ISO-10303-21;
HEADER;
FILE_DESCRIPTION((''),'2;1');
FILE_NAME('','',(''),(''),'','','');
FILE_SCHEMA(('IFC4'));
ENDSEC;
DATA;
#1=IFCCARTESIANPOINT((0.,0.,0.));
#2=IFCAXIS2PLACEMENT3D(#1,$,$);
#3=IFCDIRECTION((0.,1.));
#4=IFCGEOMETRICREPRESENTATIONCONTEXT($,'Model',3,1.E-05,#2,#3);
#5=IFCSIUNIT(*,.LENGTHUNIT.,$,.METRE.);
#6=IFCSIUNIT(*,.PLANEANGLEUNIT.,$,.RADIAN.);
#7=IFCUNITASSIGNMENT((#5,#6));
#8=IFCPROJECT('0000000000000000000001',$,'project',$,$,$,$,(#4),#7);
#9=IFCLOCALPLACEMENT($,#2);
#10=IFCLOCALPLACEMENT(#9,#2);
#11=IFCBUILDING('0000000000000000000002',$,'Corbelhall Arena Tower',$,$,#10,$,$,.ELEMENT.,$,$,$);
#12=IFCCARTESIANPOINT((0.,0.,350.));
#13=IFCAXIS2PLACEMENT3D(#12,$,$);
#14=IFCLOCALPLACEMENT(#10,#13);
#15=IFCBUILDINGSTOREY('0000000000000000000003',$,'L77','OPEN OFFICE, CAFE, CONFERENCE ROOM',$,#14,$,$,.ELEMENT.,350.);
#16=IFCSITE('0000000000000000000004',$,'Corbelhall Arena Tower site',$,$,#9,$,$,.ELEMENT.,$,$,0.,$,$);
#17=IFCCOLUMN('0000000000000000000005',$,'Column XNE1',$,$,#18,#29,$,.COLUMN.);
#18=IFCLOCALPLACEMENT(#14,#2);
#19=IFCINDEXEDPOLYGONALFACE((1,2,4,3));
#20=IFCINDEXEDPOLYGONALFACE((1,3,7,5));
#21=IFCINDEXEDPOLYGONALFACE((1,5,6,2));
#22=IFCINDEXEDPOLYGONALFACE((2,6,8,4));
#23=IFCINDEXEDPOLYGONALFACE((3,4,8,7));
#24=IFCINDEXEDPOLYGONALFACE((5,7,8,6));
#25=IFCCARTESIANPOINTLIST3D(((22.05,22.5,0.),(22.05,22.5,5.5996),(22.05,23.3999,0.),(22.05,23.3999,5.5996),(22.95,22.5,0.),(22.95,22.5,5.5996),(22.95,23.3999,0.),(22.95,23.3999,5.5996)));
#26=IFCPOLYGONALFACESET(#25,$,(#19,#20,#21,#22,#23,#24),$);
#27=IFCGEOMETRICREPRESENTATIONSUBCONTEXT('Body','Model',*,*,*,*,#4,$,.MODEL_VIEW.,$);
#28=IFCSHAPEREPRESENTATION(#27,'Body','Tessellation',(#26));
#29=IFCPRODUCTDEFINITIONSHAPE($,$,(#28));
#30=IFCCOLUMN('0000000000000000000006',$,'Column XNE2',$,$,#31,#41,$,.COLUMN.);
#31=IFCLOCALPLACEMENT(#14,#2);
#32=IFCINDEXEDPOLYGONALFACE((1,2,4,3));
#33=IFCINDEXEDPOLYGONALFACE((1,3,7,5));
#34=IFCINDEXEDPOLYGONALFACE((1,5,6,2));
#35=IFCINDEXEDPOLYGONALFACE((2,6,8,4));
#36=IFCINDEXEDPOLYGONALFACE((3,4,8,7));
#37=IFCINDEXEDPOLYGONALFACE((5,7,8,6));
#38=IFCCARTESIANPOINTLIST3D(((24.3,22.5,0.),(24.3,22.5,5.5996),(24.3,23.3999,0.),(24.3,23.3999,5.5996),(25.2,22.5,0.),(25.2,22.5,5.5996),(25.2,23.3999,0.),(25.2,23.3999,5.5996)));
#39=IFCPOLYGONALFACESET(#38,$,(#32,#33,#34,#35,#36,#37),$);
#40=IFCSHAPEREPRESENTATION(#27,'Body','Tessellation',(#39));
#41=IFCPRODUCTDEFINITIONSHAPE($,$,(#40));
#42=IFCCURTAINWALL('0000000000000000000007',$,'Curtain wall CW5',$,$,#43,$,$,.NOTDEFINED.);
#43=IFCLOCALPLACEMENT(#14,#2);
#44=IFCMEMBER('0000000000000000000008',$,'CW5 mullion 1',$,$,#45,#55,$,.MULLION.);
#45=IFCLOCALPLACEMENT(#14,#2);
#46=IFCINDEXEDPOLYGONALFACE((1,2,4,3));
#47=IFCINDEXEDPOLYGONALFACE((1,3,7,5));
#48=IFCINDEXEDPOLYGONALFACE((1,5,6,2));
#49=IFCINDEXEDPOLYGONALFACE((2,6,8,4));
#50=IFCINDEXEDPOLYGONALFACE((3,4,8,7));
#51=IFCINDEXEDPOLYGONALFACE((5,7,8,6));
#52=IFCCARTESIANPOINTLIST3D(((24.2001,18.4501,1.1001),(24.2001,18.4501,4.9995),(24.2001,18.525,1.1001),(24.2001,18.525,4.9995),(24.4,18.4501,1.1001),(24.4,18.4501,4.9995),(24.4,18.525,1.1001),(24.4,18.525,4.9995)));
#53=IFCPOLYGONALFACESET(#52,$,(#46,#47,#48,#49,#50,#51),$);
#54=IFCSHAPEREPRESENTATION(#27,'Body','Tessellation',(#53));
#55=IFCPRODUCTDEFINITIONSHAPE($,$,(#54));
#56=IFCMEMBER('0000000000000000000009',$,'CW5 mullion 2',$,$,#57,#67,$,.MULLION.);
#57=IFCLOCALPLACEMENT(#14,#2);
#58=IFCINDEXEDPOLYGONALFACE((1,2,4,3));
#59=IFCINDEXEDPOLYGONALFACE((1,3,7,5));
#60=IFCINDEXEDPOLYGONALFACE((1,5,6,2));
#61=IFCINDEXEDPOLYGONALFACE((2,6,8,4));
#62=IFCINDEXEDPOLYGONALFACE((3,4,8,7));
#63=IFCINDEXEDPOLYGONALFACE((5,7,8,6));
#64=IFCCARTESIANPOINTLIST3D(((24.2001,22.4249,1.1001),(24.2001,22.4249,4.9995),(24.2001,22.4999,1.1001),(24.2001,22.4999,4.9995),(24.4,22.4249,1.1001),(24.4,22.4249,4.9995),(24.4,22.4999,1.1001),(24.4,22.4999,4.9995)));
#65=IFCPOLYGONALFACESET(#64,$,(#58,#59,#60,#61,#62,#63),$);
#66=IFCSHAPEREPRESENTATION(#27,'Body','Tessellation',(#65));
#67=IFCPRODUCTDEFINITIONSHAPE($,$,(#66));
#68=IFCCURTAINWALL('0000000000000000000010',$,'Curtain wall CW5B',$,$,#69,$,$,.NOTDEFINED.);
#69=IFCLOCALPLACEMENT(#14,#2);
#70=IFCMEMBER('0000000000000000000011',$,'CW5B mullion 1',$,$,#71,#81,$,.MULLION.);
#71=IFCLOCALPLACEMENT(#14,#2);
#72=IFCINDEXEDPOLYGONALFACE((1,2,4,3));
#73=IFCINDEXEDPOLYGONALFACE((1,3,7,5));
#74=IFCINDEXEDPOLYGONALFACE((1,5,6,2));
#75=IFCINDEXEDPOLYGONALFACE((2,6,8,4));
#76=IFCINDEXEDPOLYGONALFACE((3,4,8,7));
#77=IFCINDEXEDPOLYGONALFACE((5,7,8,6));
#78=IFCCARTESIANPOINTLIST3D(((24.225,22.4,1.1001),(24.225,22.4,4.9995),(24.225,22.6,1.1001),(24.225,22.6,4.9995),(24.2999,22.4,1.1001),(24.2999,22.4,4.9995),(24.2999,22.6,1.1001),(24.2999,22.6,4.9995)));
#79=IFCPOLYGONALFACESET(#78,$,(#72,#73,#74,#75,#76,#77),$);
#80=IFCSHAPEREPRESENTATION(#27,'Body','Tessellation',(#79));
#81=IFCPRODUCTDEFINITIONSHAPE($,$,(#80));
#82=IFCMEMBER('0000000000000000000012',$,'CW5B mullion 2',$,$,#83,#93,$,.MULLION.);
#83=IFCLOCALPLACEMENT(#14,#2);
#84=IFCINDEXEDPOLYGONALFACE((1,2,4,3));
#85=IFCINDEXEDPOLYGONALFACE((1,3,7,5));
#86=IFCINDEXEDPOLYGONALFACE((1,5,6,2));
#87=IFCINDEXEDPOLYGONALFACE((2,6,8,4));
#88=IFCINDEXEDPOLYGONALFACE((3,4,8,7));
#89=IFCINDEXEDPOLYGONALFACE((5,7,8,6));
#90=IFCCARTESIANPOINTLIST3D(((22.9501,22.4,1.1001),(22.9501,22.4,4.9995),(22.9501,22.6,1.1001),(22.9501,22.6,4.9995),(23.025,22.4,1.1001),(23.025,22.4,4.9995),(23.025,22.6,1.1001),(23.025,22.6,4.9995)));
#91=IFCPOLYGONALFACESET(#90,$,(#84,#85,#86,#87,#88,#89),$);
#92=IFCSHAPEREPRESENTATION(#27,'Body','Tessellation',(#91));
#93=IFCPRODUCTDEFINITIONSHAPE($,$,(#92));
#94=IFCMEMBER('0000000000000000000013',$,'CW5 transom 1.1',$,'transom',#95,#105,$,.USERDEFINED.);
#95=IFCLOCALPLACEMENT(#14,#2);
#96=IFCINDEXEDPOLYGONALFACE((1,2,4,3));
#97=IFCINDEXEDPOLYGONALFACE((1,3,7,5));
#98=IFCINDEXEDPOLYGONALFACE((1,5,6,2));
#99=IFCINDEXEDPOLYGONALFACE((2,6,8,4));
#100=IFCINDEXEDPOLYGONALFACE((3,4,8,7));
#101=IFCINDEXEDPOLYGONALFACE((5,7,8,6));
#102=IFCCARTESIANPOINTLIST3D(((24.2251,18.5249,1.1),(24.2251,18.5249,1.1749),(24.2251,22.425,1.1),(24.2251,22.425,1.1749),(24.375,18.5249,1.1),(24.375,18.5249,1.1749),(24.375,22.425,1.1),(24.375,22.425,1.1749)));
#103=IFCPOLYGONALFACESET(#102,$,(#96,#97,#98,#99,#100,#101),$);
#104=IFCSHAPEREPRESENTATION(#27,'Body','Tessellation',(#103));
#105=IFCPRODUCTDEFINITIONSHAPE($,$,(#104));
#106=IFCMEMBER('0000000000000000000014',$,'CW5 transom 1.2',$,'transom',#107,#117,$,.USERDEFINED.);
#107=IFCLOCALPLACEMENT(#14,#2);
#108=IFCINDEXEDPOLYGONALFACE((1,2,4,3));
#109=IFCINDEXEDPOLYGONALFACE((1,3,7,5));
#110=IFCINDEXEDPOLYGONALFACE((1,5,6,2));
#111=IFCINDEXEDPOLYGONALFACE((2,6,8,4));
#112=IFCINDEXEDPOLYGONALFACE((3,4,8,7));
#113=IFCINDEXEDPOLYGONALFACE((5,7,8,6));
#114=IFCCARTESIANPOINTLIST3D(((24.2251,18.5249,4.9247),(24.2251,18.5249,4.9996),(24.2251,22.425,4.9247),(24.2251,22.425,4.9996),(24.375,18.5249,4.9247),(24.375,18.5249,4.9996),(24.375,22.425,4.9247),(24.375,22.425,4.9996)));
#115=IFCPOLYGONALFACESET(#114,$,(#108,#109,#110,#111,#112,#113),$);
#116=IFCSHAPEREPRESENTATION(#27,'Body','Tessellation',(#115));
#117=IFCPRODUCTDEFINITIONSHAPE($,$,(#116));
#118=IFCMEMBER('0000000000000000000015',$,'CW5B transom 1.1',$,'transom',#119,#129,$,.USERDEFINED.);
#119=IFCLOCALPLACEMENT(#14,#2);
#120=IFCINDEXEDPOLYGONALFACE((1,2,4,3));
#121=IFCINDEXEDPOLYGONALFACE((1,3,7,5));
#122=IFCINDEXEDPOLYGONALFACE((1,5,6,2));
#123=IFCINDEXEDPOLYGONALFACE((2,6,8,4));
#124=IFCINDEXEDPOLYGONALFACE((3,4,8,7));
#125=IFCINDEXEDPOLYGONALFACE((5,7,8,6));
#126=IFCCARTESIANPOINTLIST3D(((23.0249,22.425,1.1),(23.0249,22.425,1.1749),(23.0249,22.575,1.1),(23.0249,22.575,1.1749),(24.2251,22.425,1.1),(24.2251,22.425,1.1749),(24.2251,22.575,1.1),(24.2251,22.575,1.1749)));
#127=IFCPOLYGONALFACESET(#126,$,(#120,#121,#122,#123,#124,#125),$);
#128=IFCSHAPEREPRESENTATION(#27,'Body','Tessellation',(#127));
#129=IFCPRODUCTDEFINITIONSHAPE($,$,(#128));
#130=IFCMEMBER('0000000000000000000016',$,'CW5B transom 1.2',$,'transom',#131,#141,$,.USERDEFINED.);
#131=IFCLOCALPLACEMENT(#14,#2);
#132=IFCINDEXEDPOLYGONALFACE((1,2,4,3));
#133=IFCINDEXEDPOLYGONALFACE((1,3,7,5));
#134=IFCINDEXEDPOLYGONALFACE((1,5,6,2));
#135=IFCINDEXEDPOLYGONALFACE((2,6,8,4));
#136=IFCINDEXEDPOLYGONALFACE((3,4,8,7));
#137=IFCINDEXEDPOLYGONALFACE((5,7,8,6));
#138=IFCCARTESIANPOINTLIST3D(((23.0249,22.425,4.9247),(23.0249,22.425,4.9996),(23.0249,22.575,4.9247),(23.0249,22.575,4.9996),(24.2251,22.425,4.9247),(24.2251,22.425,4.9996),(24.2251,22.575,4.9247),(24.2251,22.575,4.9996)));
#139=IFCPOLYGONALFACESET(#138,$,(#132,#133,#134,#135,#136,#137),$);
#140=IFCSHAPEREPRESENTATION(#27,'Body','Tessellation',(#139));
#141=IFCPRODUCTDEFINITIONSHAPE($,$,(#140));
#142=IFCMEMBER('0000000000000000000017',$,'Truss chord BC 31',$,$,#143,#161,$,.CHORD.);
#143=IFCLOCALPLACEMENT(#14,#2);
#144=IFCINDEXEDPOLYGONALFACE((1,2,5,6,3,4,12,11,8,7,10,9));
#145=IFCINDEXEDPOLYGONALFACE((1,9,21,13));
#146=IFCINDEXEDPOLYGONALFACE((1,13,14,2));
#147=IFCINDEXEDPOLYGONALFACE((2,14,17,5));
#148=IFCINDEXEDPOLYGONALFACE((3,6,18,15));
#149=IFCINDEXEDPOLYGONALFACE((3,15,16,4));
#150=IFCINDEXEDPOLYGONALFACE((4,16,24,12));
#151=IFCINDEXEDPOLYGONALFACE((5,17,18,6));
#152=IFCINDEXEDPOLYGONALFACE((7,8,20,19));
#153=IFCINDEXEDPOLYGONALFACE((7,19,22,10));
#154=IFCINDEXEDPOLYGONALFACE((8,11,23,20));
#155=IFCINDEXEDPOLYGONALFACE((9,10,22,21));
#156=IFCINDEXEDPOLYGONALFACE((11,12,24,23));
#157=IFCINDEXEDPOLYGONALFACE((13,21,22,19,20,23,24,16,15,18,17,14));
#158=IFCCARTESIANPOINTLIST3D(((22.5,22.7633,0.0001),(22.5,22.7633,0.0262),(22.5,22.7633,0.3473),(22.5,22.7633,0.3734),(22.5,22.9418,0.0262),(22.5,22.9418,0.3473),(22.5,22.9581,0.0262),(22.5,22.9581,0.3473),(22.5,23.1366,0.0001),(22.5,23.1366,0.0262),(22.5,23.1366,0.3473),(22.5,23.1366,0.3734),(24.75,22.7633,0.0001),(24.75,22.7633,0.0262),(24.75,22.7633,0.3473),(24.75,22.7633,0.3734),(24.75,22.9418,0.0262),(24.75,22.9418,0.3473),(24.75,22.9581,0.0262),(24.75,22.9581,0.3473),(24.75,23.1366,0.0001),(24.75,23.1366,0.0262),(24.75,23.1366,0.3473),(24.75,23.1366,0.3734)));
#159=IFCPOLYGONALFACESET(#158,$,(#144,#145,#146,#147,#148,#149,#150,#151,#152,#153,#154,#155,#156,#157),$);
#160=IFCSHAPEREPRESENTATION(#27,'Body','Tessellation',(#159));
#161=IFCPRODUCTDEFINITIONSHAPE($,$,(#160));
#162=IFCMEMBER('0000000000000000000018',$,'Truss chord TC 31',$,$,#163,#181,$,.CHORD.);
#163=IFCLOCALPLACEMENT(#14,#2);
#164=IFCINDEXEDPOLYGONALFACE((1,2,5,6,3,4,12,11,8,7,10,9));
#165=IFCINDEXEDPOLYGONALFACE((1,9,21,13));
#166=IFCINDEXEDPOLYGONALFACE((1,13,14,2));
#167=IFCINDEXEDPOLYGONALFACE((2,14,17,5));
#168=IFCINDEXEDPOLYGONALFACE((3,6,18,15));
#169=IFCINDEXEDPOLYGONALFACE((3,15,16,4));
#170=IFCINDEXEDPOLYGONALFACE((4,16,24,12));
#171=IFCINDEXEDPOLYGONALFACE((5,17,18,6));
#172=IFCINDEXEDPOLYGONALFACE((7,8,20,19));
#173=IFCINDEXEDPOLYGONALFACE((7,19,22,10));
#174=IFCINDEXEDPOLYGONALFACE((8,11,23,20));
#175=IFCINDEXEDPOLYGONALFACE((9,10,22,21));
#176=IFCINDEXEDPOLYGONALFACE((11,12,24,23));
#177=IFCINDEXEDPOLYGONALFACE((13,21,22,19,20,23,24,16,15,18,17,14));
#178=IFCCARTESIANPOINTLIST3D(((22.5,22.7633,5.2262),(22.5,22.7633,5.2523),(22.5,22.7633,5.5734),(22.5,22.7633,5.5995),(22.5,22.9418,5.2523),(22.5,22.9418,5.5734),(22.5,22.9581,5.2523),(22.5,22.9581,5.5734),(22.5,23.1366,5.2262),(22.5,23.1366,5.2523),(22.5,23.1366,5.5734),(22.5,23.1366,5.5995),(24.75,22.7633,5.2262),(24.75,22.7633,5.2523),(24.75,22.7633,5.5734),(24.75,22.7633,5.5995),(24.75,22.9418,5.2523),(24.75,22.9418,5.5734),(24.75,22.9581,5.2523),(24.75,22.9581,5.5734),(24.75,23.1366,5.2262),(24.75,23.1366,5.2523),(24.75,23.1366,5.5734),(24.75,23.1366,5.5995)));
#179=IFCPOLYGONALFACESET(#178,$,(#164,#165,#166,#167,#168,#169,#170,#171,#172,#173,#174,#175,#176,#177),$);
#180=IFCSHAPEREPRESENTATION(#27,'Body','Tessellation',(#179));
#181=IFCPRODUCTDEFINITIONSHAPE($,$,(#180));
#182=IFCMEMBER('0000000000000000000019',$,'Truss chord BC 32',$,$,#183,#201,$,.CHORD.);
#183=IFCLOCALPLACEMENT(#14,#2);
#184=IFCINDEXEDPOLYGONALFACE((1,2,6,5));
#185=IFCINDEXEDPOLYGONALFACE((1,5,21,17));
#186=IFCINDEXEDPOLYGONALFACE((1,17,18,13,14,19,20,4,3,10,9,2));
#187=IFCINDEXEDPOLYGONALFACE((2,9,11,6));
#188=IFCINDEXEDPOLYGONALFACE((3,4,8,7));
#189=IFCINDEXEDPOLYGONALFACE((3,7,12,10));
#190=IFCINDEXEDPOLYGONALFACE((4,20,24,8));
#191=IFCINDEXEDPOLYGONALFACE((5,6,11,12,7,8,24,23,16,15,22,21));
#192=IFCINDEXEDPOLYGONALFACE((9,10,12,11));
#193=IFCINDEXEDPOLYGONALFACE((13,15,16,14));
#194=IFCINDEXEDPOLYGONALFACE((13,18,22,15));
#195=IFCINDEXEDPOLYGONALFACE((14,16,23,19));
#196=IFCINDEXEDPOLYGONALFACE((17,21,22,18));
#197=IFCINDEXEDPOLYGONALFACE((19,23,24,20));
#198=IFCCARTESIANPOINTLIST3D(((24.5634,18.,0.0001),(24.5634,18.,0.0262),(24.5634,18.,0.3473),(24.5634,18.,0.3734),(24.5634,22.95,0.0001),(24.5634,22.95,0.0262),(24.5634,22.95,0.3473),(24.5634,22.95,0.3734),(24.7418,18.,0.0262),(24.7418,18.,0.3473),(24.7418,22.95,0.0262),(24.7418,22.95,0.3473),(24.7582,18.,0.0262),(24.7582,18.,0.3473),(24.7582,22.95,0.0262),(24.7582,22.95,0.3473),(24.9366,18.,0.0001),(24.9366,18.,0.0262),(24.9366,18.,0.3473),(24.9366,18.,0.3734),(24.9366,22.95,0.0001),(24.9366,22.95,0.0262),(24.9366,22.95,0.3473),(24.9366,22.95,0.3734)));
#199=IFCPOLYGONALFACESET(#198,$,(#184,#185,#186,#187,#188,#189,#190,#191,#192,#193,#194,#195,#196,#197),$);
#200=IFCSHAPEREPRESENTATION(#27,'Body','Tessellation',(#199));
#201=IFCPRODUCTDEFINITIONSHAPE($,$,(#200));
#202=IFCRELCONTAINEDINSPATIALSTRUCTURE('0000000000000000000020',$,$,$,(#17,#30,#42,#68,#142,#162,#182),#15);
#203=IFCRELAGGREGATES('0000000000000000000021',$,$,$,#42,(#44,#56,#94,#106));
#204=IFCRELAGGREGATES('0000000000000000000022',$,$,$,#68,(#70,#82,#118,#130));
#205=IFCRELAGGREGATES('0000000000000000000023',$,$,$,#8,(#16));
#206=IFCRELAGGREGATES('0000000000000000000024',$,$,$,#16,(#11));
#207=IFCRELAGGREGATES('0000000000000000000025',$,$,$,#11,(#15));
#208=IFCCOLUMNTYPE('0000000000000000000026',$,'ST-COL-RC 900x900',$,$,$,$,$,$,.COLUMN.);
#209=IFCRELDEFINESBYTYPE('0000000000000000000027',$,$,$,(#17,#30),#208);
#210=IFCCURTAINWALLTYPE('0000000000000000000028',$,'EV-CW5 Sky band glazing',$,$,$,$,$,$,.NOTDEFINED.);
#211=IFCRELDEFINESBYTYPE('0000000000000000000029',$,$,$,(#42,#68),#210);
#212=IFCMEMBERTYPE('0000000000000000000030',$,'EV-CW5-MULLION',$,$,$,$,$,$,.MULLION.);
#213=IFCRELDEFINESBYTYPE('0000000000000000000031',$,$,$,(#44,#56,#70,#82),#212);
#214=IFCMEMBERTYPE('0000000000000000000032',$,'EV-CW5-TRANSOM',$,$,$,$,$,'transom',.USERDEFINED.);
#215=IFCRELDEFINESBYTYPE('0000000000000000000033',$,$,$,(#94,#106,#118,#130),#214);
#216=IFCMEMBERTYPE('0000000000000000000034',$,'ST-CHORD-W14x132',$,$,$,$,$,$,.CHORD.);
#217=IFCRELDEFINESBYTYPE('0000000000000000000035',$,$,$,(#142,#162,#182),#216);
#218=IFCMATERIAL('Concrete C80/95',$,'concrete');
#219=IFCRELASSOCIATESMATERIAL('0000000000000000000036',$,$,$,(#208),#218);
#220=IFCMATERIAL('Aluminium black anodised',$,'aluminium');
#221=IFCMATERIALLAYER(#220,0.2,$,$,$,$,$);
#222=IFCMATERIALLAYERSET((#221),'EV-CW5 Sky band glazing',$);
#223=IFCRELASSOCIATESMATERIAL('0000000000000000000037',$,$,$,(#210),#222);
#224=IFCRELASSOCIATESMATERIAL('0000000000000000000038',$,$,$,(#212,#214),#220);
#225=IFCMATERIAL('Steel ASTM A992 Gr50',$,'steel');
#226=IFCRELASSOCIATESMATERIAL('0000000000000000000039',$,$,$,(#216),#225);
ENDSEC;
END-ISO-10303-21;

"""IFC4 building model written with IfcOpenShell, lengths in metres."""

from ifc_helpers import new_model, si_unit, direction, frame, origin, origin_2d, place, context, subcontext, project, spatial, rectangle, i_section, extrude, material, layer, layer_set, material_profile, profile_set, type_object, element, aggregate, save


model = new_model("IFC4")

# Units and contexts
model_context = context("Model", 3, precision=1e-05, world=origin(), true_north=direction((0.0, 1.0)))
body_context = subcontext(model_context, "Body", "Model", "MODEL_VIEW")
ifc_project = project(units=[si_unit("LENGTHUNIT", "METRE"), si_unit("PLANEANGLEUNIT", "RADIAN")], contexts=[model_context])

# Site, building, storey
site_placement = place(None, origin())
site = spatial("IfcSite", under=ifc_project, at=site_placement, Name="Corbelhall Arena Tower site", CompositionType="ELEMENT", RefElevation=0.0)
building_placement = place(site_placement, origin())
building = spatial("IfcBuilding", under=site, at=building_placement, Name="Corbelhall Arena Tower", CompositionType="ELEMENT")
storey_placement = place(building_placement, frame((0.0, 0.0, 350.0)))
storey = spatial("IfcBuildingStorey", under=building, at=storey_placement, Name="L77", Description="OPEN OFFICE, CAFE, CONFERENCE ROOM", CompositionType="ELEMENT", Elevation=350.0)

# Columns
ifc_material_1 = material(Name="Concrete C80/95", Category="concrete")
ifc_material_profile_1 = material_profile(ifc_material_1, rectangle(XDim=0.8999, YDim=0.8999, at=origin_2d()))
ifc_profile_set_1 = profile_set([ifc_material_profile_1], Name="Concrete C80/95")
column_type = type_object("IfcColumnType", Name="ST-COL-RC 900x900", PredefinedType="COLUMN", material=ifc_profile_set_1)
for number, where, z_axis, x_axis, name in (
    (1, (22.5, 22.95, 0.0), (0.0, 0.0, 1.0), (1.0, 0.0, 0.0), "Column XNE1"),
    (2, (24.75, 22.95, 0.0), (0.0, 0.0, 1.0), (1.0, 0.0, 0.0), "Column XNE2"),
):
    element("IfcColumn", number, at=place(storey_placement, frame(where, z_axis=z_axis, x_axis=x_axis)), inside=storey, type_object=column_type, Name=name, PredefinedType="COLUMN", context=body_context, shape_type="SweptSolid", body=[
        extrude(rectangle(XDim=0.8999, YDim=0.8999, at=origin_2d()), origin(), (0.0, 0.0, 1.0), 5.5996),
    ])

# Curtain walls, members
ifc_material_2 = material(Name="Aluminium black anodised", Category="aluminium")
ifc_layer_1 = layer(ifc_material_2, 0.2)
ifc_layer_set_1 = layer_set([ifc_layer_1], Name="EV-CW5 Sky band glazing")
curtain_wall_type = type_object("IfcCurtainWallType", Name="EV-CW5 Sky band glazing", PredefinedType="NOTDEFINED", material=ifc_layer_set_1)
curtain_wall_1_placement = place(storey_placement, origin())
curtain_wall_1 = element("IfcCurtainWall", 3, at=curtain_wall_1_placement, inside=storey, type_object=curtain_wall_type, Name="Curtain wall CW5", PredefinedType="NOTDEFINED")
ifc_material_profile_2 = material_profile(ifc_material_2, rectangle(XDim=0.2, YDim=0.075, at=origin_2d()))
ifc_profile_set_2 = profile_set([ifc_material_profile_2], Name="Aluminium black anodised")
member_type_1 = type_object("IfcMemberType", Name="EV-CW5-MULLION", PredefinedType="MULLION", material=ifc_profile_set_2)
member_1_placement = place(storey_placement, frame((24.3, 18.4875, 1.1001), z_axis=(0.0, 0.0, 1.0), x_axis=(-1.0, 0.0, 0.0)))
member_1 = element("IfcMember", 4, at=member_1_placement, type_object=member_type_1, Name="CW5 mullion 1", PredefinedType="MULLION", context=body_context, shape_type="SweptSolid", body=[
    extrude(rectangle(XDim=0.2, YDim=0.075, at=origin_2d()), origin(), (0.0, 0.0, 1.0), 3.8994),
])
member_2_placement = place(storey_placement, frame((24.3, 22.4624, 1.1001), z_axis=(0.0, 0.0, 1.0), x_axis=(-1.0, 0.0, 0.0)))
member_2 = element("IfcMember", 5, at=member_2_placement, type_object=member_type_1, Name="CW5 mullion 2", PredefinedType="MULLION", context=body_context, shape_type="SweptSolid", body=[
    extrude(rectangle(XDim=0.2, YDim=0.075, at=origin_2d()), origin(), (0.0, 0.0, 1.0), 3.8994),
])
curtain_wall_2_placement = place(storey_placement, origin())
curtain_wall_2 = element("IfcCurtainWall", 6, at=curtain_wall_2_placement, inside=storey, type_object=curtain_wall_type, Name="Curtain wall CW5B", PredefinedType="NOTDEFINED")
member_3_placement = place(storey_placement, frame((24.2625, 22.5, 1.1001), z_axis=(0.0, 0.0, 1.0), x_axis=(0.0, -1.0, 0.0)))
member_3 = element("IfcMember", 7, at=member_3_placement, type_object=member_type_1, Name="CW5B mullion 1", PredefinedType="MULLION", context=body_context, shape_type="SweptSolid", body=[
    extrude(rectangle(XDim=0.2, YDim=0.075, at=origin_2d()), origin(), (0.0, 0.0, 1.0), 3.8994),
])
member_4_placement = place(storey_placement, frame((22.9875, 22.5, 1.1001), z_axis=(0.0, 0.0, 1.0), x_axis=(0.0, -1.0, 0.0)))
member_4 = element("IfcMember", 8, at=member_4_placement, type_object=member_type_1, Name="CW5B mullion 2", PredefinedType="MULLION", context=body_context, shape_type="SweptSolid", body=[
    extrude(rectangle(XDim=0.2, YDim=0.075, at=origin_2d()), origin(), (0.0, 0.0, 1.0), 3.8994),
])

# Members
ifc_material_profile_3 = material_profile(ifc_material_2, rectangle(XDim=0.1499, YDim=0.075, at=origin_2d()))
ifc_profile_set_3 = profile_set([ifc_material_profile_3], Name="Aluminium black anodised")
member_type_2 = type_object("IfcMemberType", Name="EV-CW5-TRANSOM", ElementType="transom", PredefinedType="USERDEFINED", material=ifc_profile_set_3)
member_5_placement = place(storey_placement, frame((24.3, 18.5249, 1.1375), z_axis=(0.0, 1.0, 0.0), x_axis=(-1.0, 0.0, 0.0)))
member_5 = element("IfcMember", 9, at=member_5_placement, type_object=member_type_2, Name="CW5 transom 1.1", ObjectType="transom", PredefinedType="USERDEFINED", context=body_context, shape_type="SweptSolid", body=[
    extrude(rectangle(XDim=0.1499, YDim=0.075, at=origin_2d()), origin(), (0.0, 0.0, 1.0), 3.9001),
])
member_6_placement = place(storey_placement, frame((24.3, 18.5249, 4.9622), z_axis=(0.0, 1.0, 0.0), x_axis=(-1.0, 0.0, 0.0)))
member_6 = element("IfcMember", 10, at=member_6_placement, type_object=member_type_2, Name="CW5 transom 1.2", ObjectType="transom", PredefinedType="USERDEFINED", context=body_context, shape_type="SweptSolid", body=[
    extrude(rectangle(XDim=0.1499, YDim=0.075, at=origin_2d()), origin(), (0.0, 0.0, 1.0), 3.9001),
])
member_7_placement = place(storey_placement, frame((24.2251, 22.5, 1.1375), z_axis=(-1.0, 0.0, 0.0), x_axis=(0.0, -1.0, 0.0)))
member_7 = element("IfcMember", 11, at=member_7_placement, type_object=member_type_2, Name="CW5B transom 1.1", ObjectType="transom", PredefinedType="USERDEFINED", context=body_context, shape_type="SweptSolid", body=[
    extrude(rectangle(XDim=0.1499, YDim=0.075, at=origin_2d()), origin(), (0.0, 0.0, 1.0), 1.2002),
])
member_8_placement = place(storey_placement, frame((24.2251, 22.5, 4.9622), z_axis=(-1.0, 0.0, 0.0), x_axis=(0.0, -1.0, 0.0)))
member_8 = element("IfcMember", 12, at=member_8_placement, type_object=member_type_2, Name="CW5B transom 1.2", ObjectType="transom", PredefinedType="USERDEFINED", context=body_context, shape_type="SweptSolid", body=[
    extrude(rectangle(XDim=0.1499, YDim=0.075, at=origin_2d()), origin(), (0.0, 0.0, 1.0), 1.2002),
])

# Members
ifc_material_3 = material(Name="Steel ASTM A992 Gr50", Category="steel")
ifc_material_profile_4 = material_profile(ifc_material_3, i_section(OverallWidth=0.3733, OverallDepth=0.3733, WebThickness=0.0164, FlangeThickness=0.0261, at=origin_2d()))
ifc_profile_set_4 = profile_set([ifc_material_profile_4], Name="Steel ASTM A992 Gr50")
member_type_3 = type_object("IfcMemberType", Name="ST-CHORD-W14x132", PredefinedType="CHORD", material=ifc_profile_set_4)
for number, where, z_axis, x_axis, name in (
    (13, (22.5, 22.95, 0.1868), (1.0, 0.0, 0.0), (0.0, 1.0, 0.0), "Truss chord BC 31"),
    (14, (22.5, 22.95, 5.4128), (1.0, 0.0, 0.0), (0.0, 1.0, 0.0), "Truss chord TC 31"),
):
    element("IfcMember", number, at=place(storey_placement, frame(where, z_axis=z_axis, x_axis=x_axis)), inside=storey, type_object=member_type_3, Name=name, PredefinedType="CHORD", context=body_context, shape_type="SweptSolid", body=[
        extrude(i_section(OverallWidth=0.3733, OverallDepth=0.3733, WebThickness=0.0164, FlangeThickness=0.0261, at=origin_2d()), origin(), (0.0, 0.0, 1.0), 2.25),
    ])
member_9_placement = place(storey_placement, frame((24.75, 22.95, 0.1868), z_axis=(0.0, -1.0, 0.0), x_axis=(1.0, 0.0, 0.0)))
element("IfcMember", 15, at=member_9_placement, inside=storey, type_object=member_type_3, Name="Truss chord BC 32", PredefinedType="CHORD", context=body_context, shape_type="SweptSolid", body=[
    extrude(i_section(OverallWidth=0.3733, OverallDepth=0.3733, WebThickness=0.0164, FlangeThickness=0.0261, at=origin_2d()), origin(), (0.0, 0.0, 1.0), 4.95),
])

aggregate(curtain_wall_1, [member_1, member_2, member_5, member_6])
aggregate(curtain_wall_2, [member_3, member_4, member_7, member_8])

save(model, "model.ifc")
